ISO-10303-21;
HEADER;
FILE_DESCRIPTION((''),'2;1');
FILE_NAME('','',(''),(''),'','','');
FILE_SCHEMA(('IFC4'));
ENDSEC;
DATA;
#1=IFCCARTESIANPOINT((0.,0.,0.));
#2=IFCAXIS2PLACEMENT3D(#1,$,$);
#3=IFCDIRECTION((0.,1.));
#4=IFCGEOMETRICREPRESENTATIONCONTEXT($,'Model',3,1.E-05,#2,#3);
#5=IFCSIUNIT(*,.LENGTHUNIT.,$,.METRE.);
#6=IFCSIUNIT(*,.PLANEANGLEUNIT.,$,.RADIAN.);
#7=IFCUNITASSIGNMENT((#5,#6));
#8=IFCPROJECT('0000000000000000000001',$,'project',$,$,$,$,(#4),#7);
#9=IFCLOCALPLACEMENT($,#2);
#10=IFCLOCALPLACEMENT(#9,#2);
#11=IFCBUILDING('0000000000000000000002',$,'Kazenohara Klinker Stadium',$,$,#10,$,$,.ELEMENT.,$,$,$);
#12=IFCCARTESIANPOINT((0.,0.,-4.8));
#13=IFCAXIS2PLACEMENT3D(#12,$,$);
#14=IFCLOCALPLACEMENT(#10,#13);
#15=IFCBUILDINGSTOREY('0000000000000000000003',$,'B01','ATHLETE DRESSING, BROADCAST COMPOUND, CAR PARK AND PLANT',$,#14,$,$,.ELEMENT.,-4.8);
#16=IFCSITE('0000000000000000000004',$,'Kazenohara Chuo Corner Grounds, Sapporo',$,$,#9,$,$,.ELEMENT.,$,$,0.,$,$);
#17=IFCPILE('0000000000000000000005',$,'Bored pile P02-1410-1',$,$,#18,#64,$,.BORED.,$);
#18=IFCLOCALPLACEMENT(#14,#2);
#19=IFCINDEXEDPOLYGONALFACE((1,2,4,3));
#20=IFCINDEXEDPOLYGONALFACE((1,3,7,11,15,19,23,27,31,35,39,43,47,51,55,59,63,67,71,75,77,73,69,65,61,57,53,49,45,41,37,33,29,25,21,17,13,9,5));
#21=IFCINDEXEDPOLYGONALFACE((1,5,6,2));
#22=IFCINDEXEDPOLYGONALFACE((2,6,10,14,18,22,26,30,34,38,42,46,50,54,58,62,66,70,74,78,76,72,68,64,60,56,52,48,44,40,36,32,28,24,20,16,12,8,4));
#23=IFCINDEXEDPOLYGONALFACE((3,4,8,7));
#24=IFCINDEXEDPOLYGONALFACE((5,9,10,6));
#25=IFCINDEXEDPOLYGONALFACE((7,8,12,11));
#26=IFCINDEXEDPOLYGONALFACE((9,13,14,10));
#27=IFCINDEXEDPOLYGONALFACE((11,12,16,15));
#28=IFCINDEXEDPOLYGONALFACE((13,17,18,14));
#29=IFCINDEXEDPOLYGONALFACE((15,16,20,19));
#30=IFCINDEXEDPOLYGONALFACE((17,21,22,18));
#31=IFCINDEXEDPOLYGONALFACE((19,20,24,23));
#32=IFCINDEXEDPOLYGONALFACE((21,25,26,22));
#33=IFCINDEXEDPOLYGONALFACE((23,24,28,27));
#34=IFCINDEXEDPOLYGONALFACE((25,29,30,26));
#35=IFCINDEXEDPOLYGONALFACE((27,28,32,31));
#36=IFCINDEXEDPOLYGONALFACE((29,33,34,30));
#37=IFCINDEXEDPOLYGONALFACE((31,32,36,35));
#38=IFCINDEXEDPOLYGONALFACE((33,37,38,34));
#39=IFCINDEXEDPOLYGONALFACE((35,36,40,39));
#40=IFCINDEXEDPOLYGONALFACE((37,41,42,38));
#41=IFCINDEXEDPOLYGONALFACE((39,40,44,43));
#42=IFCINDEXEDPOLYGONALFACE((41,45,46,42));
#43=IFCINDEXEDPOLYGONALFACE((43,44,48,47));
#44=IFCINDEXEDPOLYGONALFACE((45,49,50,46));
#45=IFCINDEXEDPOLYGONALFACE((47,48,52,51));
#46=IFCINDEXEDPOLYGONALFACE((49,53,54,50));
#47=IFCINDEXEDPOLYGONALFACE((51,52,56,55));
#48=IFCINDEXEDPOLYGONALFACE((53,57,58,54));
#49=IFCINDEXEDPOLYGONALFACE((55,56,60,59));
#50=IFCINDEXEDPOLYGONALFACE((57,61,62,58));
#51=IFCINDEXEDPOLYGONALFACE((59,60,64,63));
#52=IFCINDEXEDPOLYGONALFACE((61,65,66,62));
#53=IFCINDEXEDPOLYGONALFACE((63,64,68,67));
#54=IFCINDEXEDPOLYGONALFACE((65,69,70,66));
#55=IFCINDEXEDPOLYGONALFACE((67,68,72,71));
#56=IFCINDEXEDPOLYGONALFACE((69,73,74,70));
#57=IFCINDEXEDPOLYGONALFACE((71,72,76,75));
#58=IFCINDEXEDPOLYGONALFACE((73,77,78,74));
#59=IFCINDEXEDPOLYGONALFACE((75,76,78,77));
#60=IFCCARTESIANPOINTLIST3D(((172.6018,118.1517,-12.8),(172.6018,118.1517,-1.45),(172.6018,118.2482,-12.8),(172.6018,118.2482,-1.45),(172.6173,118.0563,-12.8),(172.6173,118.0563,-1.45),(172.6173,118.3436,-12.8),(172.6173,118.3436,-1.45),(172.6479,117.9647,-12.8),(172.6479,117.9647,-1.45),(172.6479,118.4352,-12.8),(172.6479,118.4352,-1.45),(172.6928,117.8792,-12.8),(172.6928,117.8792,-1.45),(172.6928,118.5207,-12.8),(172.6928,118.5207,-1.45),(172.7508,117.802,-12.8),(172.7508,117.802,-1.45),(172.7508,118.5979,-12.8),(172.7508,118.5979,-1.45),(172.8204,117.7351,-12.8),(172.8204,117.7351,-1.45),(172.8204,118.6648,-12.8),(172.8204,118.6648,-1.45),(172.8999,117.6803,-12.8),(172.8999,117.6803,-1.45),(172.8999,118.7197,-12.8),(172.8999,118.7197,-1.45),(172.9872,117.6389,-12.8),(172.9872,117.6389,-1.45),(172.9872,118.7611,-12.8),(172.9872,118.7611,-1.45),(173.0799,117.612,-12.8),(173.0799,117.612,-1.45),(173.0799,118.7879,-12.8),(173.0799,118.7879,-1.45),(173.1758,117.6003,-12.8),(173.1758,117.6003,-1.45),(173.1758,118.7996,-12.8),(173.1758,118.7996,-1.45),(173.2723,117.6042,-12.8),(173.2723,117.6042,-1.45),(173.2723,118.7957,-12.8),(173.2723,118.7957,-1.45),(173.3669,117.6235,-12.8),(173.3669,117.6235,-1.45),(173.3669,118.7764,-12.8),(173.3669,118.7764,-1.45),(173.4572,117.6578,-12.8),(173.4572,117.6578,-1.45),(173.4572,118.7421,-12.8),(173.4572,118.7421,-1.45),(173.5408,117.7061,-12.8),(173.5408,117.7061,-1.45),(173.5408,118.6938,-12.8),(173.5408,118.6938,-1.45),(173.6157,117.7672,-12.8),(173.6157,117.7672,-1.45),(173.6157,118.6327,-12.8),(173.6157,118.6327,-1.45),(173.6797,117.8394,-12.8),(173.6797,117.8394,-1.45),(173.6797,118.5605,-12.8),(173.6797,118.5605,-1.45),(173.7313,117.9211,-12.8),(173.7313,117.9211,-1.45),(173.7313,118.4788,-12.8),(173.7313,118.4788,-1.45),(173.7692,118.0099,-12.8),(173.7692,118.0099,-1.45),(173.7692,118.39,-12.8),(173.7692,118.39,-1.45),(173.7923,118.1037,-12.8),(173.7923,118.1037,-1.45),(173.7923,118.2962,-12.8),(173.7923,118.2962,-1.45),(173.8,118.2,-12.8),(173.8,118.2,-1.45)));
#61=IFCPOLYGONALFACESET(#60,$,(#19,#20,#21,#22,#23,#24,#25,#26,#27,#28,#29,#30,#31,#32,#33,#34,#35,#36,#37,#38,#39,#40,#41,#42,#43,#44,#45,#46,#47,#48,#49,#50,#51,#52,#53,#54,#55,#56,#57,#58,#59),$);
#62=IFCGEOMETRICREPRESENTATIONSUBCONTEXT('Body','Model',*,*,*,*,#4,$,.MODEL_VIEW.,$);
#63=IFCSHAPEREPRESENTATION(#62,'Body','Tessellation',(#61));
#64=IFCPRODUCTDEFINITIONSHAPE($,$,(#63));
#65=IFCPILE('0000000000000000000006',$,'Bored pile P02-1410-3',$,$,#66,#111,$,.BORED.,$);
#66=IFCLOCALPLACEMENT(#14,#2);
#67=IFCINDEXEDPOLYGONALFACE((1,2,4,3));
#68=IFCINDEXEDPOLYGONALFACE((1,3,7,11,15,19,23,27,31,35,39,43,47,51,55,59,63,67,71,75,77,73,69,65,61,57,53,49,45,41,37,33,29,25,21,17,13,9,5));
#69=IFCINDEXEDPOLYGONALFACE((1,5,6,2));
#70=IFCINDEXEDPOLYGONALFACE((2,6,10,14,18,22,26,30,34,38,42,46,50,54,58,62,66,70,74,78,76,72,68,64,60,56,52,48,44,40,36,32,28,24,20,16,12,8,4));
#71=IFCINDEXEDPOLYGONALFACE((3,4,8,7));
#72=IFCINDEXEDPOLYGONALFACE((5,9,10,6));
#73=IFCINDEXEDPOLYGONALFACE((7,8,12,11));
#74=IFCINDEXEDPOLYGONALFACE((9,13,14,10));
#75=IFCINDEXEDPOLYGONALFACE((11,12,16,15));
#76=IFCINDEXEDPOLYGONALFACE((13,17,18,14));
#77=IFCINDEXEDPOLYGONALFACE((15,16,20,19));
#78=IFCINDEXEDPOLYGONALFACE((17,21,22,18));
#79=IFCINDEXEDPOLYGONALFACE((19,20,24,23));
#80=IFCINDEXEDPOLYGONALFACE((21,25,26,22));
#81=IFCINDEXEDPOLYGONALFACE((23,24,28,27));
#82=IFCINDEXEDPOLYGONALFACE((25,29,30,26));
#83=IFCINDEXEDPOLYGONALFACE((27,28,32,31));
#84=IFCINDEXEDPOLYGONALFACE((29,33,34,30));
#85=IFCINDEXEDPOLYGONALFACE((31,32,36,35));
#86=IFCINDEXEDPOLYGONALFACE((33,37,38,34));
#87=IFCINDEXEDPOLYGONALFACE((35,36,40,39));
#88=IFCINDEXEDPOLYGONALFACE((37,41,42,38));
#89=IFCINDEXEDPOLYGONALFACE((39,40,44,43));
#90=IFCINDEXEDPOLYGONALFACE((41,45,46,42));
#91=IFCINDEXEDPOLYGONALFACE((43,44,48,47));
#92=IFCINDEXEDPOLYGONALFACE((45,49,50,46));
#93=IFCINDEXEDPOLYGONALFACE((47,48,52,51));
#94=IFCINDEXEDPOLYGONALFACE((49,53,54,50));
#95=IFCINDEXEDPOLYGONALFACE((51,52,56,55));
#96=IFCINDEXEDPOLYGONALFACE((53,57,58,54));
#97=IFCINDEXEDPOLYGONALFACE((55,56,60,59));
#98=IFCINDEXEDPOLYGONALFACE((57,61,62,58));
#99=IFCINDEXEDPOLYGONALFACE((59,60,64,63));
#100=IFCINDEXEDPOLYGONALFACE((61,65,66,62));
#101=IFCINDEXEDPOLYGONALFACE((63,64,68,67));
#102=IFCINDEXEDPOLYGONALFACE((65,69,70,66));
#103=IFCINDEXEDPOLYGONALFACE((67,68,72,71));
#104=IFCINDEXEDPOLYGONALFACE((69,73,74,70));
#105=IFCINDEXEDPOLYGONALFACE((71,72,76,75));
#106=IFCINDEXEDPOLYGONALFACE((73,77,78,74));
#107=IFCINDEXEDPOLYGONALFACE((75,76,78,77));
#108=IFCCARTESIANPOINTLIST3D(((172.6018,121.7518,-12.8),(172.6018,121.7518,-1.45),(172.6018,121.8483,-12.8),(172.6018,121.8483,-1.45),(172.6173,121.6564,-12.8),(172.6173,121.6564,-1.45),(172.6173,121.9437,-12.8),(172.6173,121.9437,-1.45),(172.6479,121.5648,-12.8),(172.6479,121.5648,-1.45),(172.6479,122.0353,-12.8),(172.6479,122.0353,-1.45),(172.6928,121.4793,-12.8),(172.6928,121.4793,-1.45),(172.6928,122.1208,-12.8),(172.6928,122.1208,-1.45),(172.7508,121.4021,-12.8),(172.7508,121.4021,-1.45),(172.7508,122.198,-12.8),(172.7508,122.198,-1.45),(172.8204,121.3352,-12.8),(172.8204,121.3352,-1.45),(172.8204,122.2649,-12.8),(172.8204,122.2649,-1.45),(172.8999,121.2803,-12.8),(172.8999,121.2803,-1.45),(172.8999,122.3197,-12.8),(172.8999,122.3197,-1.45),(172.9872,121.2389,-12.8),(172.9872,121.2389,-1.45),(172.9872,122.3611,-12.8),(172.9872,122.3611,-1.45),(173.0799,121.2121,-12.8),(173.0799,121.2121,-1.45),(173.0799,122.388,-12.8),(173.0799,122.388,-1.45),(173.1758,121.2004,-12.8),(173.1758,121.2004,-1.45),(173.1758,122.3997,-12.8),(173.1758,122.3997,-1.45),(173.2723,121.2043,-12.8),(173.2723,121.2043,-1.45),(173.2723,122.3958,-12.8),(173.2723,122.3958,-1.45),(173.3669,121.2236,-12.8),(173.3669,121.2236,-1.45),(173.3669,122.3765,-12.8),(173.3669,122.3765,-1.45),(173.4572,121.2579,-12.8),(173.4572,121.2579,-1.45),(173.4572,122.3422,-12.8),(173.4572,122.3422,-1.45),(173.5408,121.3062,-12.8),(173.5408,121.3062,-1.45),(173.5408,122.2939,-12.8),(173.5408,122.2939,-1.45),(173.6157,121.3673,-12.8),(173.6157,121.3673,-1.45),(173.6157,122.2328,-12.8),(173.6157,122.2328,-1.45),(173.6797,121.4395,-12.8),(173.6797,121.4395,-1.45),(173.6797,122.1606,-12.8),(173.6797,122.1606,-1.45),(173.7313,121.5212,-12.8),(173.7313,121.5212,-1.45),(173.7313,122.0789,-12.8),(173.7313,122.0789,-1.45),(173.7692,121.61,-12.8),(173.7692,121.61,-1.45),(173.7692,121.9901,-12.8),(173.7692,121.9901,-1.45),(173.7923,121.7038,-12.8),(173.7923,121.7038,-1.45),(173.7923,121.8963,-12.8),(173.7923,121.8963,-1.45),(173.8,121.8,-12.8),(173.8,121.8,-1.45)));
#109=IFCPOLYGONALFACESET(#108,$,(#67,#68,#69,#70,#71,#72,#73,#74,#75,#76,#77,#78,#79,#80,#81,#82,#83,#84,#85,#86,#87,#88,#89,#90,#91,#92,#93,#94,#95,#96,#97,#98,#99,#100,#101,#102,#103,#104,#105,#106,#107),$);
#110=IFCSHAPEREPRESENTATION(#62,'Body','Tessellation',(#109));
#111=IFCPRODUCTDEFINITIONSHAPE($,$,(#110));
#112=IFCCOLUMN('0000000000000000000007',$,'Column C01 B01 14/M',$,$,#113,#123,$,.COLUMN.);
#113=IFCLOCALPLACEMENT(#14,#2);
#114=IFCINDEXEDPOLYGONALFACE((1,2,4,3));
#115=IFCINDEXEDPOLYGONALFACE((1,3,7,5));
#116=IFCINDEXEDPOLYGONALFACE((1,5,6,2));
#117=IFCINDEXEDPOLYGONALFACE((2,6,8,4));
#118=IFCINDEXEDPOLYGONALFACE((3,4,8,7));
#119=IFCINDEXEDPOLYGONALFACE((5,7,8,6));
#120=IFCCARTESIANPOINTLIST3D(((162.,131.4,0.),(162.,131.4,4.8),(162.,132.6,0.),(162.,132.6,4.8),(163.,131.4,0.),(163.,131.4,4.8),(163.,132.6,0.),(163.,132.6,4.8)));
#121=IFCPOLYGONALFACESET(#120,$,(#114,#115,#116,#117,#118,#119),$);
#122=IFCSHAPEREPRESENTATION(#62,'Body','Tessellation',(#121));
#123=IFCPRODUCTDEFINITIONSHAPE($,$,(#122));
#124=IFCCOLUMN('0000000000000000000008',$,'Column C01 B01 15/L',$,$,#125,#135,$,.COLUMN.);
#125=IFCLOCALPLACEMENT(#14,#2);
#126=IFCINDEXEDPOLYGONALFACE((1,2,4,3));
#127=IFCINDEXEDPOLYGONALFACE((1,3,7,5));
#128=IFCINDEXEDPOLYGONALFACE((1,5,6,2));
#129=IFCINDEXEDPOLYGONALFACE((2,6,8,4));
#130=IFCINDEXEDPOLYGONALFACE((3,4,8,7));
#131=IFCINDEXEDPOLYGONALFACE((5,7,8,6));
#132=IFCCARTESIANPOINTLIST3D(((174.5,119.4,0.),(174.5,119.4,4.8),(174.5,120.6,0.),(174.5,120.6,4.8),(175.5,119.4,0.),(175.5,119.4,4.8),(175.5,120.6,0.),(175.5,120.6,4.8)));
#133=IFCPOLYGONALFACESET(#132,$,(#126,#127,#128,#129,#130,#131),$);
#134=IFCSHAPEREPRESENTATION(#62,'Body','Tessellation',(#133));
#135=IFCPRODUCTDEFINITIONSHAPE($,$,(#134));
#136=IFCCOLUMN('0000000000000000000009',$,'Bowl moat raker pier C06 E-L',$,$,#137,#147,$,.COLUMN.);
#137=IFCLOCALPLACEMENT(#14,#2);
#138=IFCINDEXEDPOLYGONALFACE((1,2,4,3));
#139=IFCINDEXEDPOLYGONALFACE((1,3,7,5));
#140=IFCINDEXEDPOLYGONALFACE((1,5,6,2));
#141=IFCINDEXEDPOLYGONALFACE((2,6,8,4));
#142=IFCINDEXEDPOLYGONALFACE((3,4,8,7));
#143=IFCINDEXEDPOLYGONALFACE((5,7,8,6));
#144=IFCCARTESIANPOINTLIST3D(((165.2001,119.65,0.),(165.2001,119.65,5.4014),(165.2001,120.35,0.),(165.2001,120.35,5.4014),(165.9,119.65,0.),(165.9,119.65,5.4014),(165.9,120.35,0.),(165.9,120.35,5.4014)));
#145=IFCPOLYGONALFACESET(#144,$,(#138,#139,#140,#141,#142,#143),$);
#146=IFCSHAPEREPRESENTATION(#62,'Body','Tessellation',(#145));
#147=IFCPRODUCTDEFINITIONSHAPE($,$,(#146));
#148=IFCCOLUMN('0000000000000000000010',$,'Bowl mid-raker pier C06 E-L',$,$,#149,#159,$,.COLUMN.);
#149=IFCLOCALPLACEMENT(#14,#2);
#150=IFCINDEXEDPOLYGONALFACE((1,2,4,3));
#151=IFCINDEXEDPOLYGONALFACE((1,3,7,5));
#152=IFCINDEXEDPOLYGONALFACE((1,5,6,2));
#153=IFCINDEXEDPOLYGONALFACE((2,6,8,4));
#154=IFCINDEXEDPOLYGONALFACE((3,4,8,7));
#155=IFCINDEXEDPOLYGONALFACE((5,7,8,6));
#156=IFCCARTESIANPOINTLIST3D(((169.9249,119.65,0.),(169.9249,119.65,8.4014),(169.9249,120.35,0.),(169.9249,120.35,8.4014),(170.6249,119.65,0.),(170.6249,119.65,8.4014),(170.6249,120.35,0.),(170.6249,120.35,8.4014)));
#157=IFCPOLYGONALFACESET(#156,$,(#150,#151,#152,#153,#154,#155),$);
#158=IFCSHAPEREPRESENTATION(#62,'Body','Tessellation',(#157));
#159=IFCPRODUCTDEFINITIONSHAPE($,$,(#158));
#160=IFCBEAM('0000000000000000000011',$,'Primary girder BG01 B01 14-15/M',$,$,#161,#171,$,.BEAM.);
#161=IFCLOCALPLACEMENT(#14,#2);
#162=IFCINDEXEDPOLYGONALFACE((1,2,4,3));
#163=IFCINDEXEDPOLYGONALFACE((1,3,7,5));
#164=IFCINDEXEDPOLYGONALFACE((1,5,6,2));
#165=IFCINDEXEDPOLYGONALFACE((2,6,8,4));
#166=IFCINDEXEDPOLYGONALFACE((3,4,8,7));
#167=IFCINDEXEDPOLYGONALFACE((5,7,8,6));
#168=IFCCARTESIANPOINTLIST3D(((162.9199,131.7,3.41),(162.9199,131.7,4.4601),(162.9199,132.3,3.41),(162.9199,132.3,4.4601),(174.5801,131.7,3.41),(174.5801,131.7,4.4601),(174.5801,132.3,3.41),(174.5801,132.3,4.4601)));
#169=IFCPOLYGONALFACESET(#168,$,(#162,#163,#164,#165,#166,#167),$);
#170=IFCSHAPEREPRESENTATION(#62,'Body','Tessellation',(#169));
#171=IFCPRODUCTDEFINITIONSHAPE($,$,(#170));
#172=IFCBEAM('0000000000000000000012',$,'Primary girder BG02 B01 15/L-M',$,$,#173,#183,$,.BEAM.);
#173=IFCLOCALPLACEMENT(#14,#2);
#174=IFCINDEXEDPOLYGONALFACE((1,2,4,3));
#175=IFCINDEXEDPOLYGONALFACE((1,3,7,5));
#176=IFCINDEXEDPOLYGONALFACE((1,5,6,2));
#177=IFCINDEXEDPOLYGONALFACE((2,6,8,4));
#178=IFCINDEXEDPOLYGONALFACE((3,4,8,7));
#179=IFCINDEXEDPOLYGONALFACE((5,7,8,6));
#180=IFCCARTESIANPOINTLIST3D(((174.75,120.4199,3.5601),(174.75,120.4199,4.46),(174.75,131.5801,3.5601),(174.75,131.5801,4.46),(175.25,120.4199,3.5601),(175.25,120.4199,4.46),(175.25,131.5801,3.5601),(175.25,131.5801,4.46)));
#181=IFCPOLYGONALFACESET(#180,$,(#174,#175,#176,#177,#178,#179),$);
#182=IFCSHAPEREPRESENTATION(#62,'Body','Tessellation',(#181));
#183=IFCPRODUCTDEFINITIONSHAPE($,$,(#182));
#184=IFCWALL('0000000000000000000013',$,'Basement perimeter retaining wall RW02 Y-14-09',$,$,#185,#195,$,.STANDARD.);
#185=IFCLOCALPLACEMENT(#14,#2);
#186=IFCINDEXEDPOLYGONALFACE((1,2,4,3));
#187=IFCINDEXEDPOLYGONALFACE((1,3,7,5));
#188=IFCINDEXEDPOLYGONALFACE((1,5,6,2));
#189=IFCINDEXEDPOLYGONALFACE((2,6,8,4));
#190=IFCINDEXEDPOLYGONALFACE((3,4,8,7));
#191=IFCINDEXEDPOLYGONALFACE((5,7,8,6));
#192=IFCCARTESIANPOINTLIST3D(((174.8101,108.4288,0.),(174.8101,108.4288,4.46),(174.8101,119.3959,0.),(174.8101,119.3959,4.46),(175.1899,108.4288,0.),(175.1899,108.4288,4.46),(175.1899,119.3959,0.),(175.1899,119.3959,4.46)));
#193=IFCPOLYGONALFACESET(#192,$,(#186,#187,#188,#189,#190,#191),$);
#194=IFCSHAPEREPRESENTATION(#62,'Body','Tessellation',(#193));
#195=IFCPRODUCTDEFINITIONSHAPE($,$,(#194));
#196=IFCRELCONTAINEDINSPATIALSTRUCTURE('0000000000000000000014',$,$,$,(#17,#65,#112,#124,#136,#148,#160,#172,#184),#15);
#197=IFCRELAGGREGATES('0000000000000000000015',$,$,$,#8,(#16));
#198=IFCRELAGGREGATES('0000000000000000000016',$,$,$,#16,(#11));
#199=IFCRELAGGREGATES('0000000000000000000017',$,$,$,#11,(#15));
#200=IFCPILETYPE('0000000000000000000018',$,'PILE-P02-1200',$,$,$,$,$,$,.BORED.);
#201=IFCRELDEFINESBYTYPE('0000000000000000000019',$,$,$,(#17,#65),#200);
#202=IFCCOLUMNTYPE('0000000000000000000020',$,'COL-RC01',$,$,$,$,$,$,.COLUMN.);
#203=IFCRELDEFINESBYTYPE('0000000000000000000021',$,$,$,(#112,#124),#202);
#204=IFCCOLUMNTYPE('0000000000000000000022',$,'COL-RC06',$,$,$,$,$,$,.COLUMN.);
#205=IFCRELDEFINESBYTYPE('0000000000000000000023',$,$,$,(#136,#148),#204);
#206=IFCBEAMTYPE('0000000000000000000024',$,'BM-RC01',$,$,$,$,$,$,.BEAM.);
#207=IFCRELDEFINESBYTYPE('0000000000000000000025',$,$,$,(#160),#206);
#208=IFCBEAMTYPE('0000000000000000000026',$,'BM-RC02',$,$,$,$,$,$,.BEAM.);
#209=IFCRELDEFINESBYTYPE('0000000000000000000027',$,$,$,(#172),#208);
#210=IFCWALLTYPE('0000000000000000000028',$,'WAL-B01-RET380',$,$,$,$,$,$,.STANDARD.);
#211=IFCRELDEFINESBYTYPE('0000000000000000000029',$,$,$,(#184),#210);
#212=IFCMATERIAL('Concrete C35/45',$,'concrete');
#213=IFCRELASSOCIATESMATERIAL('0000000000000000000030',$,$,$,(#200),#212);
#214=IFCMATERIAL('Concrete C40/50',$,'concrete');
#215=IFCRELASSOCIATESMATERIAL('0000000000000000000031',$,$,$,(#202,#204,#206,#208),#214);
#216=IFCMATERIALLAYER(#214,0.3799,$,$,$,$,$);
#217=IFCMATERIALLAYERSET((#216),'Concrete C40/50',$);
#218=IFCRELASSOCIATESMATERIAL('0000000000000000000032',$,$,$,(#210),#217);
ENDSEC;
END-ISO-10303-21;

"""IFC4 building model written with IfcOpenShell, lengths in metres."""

from ifc_helpers import new_model, si_unit, direction, frame, frame_2d, origin, origin_2d, place, context, subcontext, project, spatial, rectangle, circle, extrude, material, layer, layer_set, material_profile, profile_set, type_object, element, save


model = new_model("IFC4")

# Units and contexts
model_context = context("Model", 3, precision=1e-05, world=origin(), true_north=direction((0.0, 1.0)))
body_context = subcontext(model_context, "Body", "Model", "MODEL_VIEW")
ifc_project = project(units=[si_unit("LENGTHUNIT", "METRE"), si_unit("PLANEANGLEUNIT", "RADIAN")], contexts=[model_context])

# Site, building, storey
site_placement = place(None, origin())
site = spatial("IfcSite", under=ifc_project, at=site_placement, Name="Kazenohara Chuo Corner Grounds, Sapporo", CompositionType="ELEMENT", RefElevation=0.0)
building_placement = place(site_placement, origin())
building = spatial("IfcBuilding", under=site, at=building_placement, Name="Kazenohara Klinker Stadium", CompositionType="ELEMENT")
storey_placement = place(building_placement, frame((0.0, 0.0, -4.8)))
storey = spatial("IfcBuildingStorey", under=building, at=storey_placement, Name="B01", Description="ATHLETE DRESSING, BROADCAST COMPOUND, CAR PARK AND PLANT", CompositionType="ELEMENT", Elevation=-4.8)

# Shared definitions
ifc_material_1 = material(Name="Concrete C35/45", Category="concrete")

# Piles
ifc_material_profile_1 = material_profile(ifc_material_1, circle(Radius=0.6001, at=origin_2d()), Name="BORED-PILE-1200")
ifc_profile_set_1 = profile_set([ifc_material_profile_1], Name="Concrete C35/45")
pile_type_1 = type_object("IfcPileType", Name="PILE-P02-1200", PredefinedType="BORED", material=ifc_profile_set_1)
for number, where, z_axis, x_axis, name in (
    (1, (173.2, 118.2, -1.45), (0.0, 0.0, -1.0), (1.0, 0.0, 0.0), "Bored pile P02-1410-1"),
    (2, (173.2, 121.8, -1.45), (0.0, 0.0, -1.0), (1.0, 0.0, 0.0), "Bored pile P02-1410-3"),
):
    element("IfcPile", number, at=place(storey_placement, frame(where, z_axis=z_axis, x_axis=x_axis)), inside=storey, type_object=pile_type_1, Name=name, PredefinedType="BORED", context=body_context, shape_type="SweptSolid", body=[
        extrude(circle(Radius=0.6001, at=origin_2d()), origin(), (0.0, 0.0, 1.0), 11.3501),
    ])

# Columns
ifc_material_2 = material(Name="Concrete C40/50", Category="concrete")
ifc_material_profile_2 = material_profile(ifc_material_2, rectangle(XDim=1.0, YDim=1.2, at=origin_2d()), Name="RC-COL-1200x1000")
ifc_profile_set_2 = profile_set([ifc_material_profile_2], Name="Concrete C40/50")
column_type_1 = type_object("IfcColumnType", Name="COL-RC01", PredefinedType="COLUMN", material=ifc_profile_set_2)
for number, where, z_axis, x_axis, name in (
    (3, (162.5, 132.0, 0.0), (0.0, 0.0, 1.0), (1.0, 0.0, 0.0), "Column C01 B01 14/M"),
    (4, (175.0, 120.0, 0.0), (0.0, 0.0, 1.0), (1.0, 0.0, 0.0), "Column C01 B01 15/L"),
):
    element("IfcColumn", number, at=place(storey_placement, frame(where, z_axis=z_axis, x_axis=x_axis)), inside=storey, type_object=column_type_1, Name=name, PredefinedType="COLUMN", context=body_context, shape_type="SweptSolid", body=[
        extrude(rectangle(XDim=1.0, YDim=1.2, at=origin_2d()), origin(), (0.0, 0.0, 1.0), 4.8),
    ])
ifc_material_profile_3 = material_profile(ifc_material_2, rectangle(XDim=0.7, YDim=0.7, at=origin_2d()), Name="RC-COL-700x700")
ifc_profile_set_3 = profile_set([ifc_material_profile_3], Name="Concrete C40/50")
column_type_2 = type_object("IfcColumnType", Name="COL-RC06", PredefinedType="COLUMN", material=ifc_profile_set_3)
column_1_placement = place(storey_placement, frame((165.55, 120.0, 0.0), z_axis=(0.0, 0.0, 1.0), x_axis=(1.0, 0.0, 0.0)))
element("IfcColumn", 5, at=column_1_placement, inside=storey, type_object=column_type_2, Name="Bowl moat raker pier C06 E-L", PredefinedType="COLUMN", context=body_context, shape_type="SweptSolid", body=[
    extrude(rectangle(XDim=0.7, YDim=0.7, at=origin_2d()), origin(), (0.0, 0.0, 1.0), 5.4014),
])
column_2_placement = place(storey_placement, frame((170.2749, 120.0, 0.0), z_axis=(0.0, 0.0, 1.0), x_axis=(1.0, 0.0, 0.0)))
element("IfcColumn", 6, at=column_2_placement, inside=storey, type_object=column_type_2, Name="Bowl mid-raker pier C06 E-L", PredefinedType="COLUMN", context=body_context, shape_type="SweptSolid", body=[
    extrude(rectangle(XDim=0.7, YDim=0.7, at=origin_2d()), origin(), (0.0, 0.0, 1.0), 8.4014),
])

# Beams
ifc_material_profile_4 = material_profile(ifc_material_2, rectangle(XDim=0.6001, YDim=1.05, at=origin_2d()), Name="RC-BM-600x1050")
ifc_profile_set_4 = profile_set([ifc_material_profile_4], Name="Concrete C40/50")
beam_type_1 = type_object("IfcBeamType", Name="BM-RC01", PredefinedType="BEAM", material=ifc_profile_set_4)
beam_1_placement = place(storey_placement, frame((162.9199, 132.0, 3.9351), z_axis=(1.0, 0.0, 0.0), x_axis=(0.0, 1.0, 0.0)))
element("IfcBeam", 7, at=beam_1_placement, inside=storey, type_object=beam_type_1, Name="Primary girder BG01 B01 14-15/M", PredefinedType="BEAM", context=body_context, shape_type="SweptSolid", body=[
    extrude(rectangle(XDim=0.6001, YDim=1.05, at=origin_2d()), origin(), (0.0, 0.0, 1.0), 11.6602),
])
ifc_material_profile_5 = material_profile(ifc_material_2, rectangle(XDim=0.5, YDim=0.8999, at=origin_2d()), Name="RC-BM-500x900")
ifc_profile_set_5 = profile_set([ifc_material_profile_5], Name="Concrete C40/50")
beam_type_2 = type_object("IfcBeamType", Name="BM-RC02", PredefinedType="BEAM", material=ifc_profile_set_5)
beam_2_placement = place(storey_placement, frame((175.0, 120.4199, 4.01), z_axis=(0.0, 1.0, 0.0), x_axis=(-1.0, 0.0, 0.0)))
element("IfcBeam", 8, at=beam_2_placement, inside=storey, type_object=beam_type_2, Name="Primary girder BG02 B01 15/L-M", PredefinedType="BEAM", context=body_context, shape_type="SweptSolid", body=[
    extrude(rectangle(XDim=0.5, YDim=0.8999, at=origin_2d()), origin(), (0.0, 0.0, 1.0), 11.1602),
])

# Wall
ifc_layer_1 = layer(ifc_material_2, 0.3799)
ifc_layer_set_1 = layer_set([ifc_layer_1], Name="Concrete C40/50")
wall_type_1 = type_object("IfcWallType", Name="WAL-B01-RET380", PredefinedType="STANDARD", material=ifc_layer_set_1)
wall_1_placement = place(storey_placement, frame((175.0, 108.429, 0.0), z_axis=(0.0, 0.0, 1.0), x_axis=(0.0, 1.0, 0.0)))
element("IfcWall", 9, at=wall_1_placement, inside=storey, type_object=wall_type_1, Name="Basement perimeter retaining wall RW02 Y-14-09", PredefinedType="STANDARD", context=body_context, shape_type="SweptSolid", body=[
    extrude(rectangle(XDim=10.967, YDim=0.3799, at=frame_2d((5.4834, 0.0))), origin(), (0.0, 0.0, 1.0), 4.46),
])

save(model, "model.ifc")
